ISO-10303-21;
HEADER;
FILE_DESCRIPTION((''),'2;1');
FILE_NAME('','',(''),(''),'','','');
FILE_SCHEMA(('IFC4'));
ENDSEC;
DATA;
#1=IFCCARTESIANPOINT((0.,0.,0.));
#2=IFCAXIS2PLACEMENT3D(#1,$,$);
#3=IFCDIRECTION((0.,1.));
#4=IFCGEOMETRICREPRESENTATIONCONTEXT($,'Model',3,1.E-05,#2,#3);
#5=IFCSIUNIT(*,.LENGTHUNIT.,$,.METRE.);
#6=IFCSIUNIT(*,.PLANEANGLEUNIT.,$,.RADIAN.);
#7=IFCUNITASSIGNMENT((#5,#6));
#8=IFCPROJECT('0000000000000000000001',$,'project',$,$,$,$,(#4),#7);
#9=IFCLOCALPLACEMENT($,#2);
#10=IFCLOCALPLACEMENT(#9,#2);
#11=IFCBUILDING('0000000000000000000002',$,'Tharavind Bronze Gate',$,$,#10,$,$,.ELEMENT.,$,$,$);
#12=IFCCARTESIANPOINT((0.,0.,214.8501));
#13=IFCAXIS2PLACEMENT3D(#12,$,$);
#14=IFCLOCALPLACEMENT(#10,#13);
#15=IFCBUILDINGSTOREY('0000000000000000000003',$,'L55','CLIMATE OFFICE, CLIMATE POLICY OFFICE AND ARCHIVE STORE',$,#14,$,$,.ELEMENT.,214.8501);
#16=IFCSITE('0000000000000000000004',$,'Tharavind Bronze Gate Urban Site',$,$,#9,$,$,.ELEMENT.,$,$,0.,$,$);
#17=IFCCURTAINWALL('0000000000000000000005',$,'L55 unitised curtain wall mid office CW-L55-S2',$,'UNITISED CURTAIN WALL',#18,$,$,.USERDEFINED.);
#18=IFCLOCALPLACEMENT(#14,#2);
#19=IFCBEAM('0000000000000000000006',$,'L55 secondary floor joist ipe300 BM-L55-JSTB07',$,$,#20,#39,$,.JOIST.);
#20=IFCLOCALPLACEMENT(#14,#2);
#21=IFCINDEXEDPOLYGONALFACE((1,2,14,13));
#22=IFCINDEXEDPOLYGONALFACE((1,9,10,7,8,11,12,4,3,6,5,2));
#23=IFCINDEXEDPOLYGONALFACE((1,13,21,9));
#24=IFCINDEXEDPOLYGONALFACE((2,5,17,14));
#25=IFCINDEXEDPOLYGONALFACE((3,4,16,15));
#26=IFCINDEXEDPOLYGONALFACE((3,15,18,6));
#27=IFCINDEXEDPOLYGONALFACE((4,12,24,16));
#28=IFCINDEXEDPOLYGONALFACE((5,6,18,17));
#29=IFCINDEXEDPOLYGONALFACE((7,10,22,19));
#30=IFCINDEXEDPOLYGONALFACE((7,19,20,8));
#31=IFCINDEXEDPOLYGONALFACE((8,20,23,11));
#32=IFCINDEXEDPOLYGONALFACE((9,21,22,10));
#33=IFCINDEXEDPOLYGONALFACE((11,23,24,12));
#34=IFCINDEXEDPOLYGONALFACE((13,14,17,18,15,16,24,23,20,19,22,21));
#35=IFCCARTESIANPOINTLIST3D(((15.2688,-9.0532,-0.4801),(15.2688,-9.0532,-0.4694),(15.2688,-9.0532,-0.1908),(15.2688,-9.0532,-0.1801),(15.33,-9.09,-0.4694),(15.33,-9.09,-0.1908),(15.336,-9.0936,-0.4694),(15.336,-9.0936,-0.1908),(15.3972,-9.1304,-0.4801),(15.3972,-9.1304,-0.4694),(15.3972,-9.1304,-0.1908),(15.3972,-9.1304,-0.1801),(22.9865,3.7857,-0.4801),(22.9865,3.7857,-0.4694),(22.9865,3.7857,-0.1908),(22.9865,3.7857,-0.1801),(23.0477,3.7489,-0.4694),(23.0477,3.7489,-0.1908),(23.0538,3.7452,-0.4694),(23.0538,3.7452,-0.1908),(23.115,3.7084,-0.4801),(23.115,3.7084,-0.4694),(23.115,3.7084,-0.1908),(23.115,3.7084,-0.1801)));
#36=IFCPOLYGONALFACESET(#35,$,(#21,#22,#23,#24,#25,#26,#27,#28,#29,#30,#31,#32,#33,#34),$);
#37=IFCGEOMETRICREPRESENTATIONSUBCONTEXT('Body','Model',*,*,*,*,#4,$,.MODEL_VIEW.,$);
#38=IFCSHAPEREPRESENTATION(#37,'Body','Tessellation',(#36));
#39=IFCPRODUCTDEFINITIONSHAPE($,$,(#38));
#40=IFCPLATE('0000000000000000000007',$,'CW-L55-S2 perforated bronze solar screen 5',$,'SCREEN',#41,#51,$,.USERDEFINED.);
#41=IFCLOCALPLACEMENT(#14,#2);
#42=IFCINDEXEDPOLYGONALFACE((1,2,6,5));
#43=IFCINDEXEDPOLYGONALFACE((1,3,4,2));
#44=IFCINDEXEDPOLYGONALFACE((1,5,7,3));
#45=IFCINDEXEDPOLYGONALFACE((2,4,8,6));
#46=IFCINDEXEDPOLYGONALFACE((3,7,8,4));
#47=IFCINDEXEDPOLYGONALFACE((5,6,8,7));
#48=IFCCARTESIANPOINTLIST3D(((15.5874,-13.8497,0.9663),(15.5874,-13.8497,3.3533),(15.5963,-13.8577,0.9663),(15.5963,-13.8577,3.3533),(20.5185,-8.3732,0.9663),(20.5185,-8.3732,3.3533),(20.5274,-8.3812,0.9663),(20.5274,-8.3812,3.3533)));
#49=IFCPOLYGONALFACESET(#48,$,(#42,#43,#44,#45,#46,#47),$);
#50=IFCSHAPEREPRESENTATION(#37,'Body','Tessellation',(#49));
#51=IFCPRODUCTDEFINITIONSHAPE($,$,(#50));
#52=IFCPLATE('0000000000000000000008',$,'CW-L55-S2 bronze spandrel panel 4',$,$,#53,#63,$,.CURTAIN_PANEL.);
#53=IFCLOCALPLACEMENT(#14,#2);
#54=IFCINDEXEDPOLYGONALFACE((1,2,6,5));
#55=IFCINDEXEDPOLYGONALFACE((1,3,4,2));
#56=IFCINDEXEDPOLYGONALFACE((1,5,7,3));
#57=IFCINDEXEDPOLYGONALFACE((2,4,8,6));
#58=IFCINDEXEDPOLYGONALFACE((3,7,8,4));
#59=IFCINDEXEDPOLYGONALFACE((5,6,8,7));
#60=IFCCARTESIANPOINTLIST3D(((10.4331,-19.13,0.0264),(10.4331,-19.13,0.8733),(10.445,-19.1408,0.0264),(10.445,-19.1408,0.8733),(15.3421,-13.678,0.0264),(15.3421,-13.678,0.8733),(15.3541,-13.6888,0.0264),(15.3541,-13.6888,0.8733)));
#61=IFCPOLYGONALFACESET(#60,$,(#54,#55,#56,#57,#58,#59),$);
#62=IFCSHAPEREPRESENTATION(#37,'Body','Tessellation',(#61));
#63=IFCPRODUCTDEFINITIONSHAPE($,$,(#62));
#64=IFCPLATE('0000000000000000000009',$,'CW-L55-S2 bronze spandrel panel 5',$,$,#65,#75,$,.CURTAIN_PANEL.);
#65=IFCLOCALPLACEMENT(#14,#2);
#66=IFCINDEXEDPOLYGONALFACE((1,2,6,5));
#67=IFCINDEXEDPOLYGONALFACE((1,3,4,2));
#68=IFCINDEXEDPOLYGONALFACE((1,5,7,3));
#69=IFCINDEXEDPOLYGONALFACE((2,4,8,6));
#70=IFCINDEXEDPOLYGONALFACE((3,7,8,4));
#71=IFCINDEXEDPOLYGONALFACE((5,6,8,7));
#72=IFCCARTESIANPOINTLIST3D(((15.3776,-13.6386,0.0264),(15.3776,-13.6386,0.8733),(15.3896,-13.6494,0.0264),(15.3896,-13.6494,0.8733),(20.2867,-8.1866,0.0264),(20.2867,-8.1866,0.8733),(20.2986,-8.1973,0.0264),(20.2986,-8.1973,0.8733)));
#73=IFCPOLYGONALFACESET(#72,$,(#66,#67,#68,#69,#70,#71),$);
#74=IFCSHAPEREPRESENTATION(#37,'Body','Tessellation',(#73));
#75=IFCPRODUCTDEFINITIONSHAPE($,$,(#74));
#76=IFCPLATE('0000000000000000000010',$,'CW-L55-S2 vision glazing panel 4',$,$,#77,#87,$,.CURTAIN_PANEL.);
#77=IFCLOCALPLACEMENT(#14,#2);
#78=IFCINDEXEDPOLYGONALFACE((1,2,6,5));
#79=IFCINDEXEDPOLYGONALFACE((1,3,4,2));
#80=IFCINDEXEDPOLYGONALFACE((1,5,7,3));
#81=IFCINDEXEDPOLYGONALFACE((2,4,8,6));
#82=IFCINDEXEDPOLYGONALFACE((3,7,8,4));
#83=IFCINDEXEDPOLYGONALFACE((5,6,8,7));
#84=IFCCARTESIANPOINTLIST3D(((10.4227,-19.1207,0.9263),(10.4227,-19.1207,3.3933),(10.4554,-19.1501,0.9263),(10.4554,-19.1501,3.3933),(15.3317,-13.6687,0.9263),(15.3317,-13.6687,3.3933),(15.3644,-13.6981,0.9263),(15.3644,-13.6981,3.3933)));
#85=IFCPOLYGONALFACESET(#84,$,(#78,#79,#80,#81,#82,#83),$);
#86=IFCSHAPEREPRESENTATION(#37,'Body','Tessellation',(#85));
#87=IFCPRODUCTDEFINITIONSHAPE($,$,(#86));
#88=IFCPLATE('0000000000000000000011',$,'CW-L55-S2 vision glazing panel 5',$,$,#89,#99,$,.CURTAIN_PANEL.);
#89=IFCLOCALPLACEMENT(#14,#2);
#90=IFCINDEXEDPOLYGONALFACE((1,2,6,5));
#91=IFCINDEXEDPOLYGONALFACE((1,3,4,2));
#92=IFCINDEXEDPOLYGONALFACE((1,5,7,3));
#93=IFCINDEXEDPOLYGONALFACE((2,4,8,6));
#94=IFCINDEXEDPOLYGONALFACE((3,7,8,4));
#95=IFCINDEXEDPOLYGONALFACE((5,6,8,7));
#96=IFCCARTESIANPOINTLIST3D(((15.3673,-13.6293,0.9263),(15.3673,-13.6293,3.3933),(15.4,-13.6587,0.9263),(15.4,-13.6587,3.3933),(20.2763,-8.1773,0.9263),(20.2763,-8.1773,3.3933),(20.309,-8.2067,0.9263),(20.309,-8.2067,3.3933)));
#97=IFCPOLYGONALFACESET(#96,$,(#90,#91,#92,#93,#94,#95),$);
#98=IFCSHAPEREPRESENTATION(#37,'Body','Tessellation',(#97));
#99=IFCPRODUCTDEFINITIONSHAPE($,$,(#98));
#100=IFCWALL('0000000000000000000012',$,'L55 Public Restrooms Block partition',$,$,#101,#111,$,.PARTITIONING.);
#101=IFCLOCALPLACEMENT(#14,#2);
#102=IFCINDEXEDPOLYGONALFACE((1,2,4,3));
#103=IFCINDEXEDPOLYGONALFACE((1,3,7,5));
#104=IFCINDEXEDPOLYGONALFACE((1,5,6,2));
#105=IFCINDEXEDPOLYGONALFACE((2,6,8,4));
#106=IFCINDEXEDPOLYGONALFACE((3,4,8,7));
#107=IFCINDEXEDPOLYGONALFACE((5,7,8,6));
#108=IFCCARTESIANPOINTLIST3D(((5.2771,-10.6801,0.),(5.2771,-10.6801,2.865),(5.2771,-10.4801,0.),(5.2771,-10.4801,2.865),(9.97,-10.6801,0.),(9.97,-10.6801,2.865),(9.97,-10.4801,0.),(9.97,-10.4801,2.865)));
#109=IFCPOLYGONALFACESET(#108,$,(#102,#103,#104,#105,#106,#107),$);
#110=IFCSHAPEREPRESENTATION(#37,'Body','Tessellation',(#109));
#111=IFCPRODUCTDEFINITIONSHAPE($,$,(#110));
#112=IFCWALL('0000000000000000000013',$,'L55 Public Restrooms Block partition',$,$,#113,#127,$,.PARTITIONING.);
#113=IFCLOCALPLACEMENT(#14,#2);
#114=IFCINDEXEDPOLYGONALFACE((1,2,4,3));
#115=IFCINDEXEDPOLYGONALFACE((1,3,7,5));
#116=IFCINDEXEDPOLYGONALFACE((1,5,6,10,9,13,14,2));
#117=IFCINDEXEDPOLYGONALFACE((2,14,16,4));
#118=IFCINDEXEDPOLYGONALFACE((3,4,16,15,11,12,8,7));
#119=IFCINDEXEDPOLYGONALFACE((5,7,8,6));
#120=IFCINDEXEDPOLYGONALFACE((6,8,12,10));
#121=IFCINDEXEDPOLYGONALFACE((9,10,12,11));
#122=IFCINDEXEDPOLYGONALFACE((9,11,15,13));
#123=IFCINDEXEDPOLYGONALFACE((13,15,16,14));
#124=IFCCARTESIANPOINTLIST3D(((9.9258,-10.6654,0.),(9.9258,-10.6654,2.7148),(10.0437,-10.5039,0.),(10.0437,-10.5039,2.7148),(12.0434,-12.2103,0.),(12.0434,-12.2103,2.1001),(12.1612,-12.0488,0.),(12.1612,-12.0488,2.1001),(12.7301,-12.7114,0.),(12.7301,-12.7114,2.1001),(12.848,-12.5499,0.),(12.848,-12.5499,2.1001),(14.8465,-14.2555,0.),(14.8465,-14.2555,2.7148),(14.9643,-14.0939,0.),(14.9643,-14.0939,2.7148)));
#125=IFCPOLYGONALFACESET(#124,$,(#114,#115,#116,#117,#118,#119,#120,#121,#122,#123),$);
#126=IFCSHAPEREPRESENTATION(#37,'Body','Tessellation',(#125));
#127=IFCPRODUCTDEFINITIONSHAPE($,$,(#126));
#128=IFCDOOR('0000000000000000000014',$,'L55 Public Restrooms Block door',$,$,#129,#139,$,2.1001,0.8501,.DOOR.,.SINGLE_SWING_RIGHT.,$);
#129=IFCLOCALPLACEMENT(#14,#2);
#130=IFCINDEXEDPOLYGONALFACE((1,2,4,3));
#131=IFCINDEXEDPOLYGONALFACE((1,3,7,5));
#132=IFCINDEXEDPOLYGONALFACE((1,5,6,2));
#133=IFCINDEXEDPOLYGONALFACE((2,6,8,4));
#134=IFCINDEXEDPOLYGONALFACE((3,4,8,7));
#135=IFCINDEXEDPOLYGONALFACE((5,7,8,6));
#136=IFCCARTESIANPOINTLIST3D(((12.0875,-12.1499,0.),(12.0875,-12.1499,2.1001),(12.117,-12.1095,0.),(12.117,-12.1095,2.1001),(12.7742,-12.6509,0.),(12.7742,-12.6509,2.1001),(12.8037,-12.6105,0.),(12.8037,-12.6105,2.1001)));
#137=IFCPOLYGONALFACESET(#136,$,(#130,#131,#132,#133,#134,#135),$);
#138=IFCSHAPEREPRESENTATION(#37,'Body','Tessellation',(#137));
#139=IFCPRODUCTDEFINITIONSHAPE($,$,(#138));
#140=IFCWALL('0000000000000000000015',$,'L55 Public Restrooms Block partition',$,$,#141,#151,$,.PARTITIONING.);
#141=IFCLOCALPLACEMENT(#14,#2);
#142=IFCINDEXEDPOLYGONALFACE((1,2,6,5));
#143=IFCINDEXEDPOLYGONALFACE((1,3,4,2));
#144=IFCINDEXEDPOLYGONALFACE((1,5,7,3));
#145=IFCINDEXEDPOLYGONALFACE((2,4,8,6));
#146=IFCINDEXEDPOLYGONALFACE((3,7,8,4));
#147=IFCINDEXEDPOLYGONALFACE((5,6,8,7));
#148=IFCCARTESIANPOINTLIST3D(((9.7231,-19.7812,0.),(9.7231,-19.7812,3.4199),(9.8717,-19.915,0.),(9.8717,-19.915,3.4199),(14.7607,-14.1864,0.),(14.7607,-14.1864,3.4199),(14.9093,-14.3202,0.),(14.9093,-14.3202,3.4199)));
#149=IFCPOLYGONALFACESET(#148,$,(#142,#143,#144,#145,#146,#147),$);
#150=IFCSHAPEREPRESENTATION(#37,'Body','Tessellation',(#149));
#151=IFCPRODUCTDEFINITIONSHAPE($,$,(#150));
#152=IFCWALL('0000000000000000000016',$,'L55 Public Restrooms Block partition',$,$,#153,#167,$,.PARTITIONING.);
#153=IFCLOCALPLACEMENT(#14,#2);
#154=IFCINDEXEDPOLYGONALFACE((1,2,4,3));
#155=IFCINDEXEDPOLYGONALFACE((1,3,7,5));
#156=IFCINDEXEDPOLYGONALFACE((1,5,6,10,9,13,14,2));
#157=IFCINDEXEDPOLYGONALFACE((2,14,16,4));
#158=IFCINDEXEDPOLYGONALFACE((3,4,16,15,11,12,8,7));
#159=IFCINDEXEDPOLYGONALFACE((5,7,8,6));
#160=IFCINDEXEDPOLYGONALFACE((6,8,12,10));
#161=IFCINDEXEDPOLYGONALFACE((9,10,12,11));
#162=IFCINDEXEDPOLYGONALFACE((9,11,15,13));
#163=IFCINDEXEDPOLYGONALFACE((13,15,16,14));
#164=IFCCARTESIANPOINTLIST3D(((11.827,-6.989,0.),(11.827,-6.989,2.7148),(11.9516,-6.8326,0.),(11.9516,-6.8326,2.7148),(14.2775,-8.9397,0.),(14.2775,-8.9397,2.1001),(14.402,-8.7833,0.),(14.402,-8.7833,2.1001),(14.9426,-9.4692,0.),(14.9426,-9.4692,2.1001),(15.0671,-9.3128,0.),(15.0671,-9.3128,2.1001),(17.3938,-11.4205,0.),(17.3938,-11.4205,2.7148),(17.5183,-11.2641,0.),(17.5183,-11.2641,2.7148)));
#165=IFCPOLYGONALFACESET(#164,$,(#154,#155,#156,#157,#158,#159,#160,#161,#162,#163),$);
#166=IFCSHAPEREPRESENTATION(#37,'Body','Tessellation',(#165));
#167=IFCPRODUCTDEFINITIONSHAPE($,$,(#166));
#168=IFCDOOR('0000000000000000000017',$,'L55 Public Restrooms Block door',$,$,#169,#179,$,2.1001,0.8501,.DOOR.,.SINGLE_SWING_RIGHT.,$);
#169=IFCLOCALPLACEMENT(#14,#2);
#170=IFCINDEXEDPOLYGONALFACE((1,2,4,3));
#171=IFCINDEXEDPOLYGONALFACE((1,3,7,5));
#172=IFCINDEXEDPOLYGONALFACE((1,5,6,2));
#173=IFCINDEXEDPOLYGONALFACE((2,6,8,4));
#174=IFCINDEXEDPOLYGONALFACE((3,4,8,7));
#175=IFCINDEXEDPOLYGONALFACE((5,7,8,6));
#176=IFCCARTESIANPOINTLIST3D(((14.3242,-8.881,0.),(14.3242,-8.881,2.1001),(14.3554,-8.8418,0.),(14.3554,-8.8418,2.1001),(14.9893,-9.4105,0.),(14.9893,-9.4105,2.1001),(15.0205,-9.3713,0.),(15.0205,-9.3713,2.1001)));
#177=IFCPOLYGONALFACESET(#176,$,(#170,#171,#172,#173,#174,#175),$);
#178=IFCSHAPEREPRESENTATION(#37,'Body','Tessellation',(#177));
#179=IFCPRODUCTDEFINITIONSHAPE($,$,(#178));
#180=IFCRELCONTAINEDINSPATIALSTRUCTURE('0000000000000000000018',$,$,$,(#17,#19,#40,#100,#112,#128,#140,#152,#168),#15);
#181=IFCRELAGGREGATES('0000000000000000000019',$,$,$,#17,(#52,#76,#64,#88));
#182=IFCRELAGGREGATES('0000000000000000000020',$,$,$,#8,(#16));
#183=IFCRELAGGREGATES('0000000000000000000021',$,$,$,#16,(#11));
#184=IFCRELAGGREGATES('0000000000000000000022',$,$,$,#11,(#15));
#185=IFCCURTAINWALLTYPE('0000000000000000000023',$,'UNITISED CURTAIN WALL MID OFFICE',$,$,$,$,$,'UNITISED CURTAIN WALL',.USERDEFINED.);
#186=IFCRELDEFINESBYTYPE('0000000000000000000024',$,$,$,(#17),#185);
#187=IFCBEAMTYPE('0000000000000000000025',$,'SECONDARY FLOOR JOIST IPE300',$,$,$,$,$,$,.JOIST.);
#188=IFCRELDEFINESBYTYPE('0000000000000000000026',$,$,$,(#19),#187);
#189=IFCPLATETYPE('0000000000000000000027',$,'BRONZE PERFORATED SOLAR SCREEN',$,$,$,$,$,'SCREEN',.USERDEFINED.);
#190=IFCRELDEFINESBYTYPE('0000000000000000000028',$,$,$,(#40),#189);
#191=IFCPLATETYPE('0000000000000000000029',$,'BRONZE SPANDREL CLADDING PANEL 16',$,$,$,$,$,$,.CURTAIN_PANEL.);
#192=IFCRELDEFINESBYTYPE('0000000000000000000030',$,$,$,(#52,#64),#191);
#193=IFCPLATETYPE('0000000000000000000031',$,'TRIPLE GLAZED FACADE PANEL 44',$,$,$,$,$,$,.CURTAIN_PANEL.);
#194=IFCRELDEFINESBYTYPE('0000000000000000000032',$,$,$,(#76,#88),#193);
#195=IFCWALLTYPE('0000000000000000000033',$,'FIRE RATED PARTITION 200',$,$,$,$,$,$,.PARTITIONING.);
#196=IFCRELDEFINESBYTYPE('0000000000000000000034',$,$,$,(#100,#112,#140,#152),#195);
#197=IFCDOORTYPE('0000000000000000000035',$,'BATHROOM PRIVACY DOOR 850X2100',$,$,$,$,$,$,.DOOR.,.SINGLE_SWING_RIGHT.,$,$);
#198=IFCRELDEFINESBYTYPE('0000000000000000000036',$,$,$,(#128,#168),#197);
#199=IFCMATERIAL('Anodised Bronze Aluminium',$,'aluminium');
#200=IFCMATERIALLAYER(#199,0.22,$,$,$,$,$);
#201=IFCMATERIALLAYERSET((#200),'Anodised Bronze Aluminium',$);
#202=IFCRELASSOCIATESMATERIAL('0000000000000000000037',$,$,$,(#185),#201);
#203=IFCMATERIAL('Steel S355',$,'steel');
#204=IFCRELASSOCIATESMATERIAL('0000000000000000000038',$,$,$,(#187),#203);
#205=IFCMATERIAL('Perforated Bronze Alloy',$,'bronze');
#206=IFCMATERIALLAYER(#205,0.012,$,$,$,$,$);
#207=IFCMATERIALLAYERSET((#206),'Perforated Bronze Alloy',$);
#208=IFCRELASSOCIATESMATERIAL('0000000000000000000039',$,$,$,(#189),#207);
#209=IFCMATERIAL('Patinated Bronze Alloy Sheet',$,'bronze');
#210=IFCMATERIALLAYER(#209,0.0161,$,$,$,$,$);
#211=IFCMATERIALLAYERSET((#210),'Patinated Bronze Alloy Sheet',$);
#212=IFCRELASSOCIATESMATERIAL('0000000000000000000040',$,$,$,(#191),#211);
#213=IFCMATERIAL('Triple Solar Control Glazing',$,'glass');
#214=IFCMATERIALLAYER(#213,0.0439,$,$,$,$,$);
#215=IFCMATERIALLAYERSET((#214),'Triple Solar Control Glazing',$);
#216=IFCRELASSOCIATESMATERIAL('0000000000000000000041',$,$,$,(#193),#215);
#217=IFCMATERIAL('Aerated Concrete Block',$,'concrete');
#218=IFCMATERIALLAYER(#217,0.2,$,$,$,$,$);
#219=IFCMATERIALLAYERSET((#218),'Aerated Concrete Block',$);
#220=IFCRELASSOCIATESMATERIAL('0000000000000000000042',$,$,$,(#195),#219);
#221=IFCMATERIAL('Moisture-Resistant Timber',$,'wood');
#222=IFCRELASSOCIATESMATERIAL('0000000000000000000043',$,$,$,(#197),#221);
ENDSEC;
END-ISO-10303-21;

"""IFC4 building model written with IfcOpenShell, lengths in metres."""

from ifc_helpers import new_model, si_unit, direction, frame, frame_2d, origin, origin_2d, place, context, subcontext, project, spatial, rectangle, i_section, extrude, material, layer, layer_set, material_profile, profile_set, type_object, element, fill, aggregate, save


model = new_model("IFC4")

# Units and contexts
model_context = context("Model", 3, precision=1e-05, world=origin(), true_north=direction((0.0, 1.0)))
body_context = subcontext(model_context, "Body", "Model", "MODEL_VIEW")
ifc_project = project(units=[si_unit("LENGTHUNIT", "METRE"), si_unit("PLANEANGLEUNIT", "RADIAN")], contexts=[model_context])

# Site, building, storey
site_placement = place(None, origin())
site = spatial("IfcSite", under=ifc_project, at=site_placement, Name="Tharavind Bronze Gate Urban Site", CompositionType="ELEMENT", RefElevation=0.0)
building_placement = place(site_placement, origin())
building = spatial("IfcBuilding", under=site, at=building_placement, Name="Tharavind Bronze Gate", CompositionType="ELEMENT")
storey_placement = place(building_placement, frame((0.0, 0.0, 214.8501)))
storey = spatial("IfcBuildingStorey", under=building, at=storey_placement, Name="L55", Description="CLIMATE OFFICE, CLIMATE POLICY OFFICE AND ARCHIVE STORE", CompositionType="ELEMENT", Elevation=214.8501)

# Curtain wall
ifc_material_1 = material(Name="Anodised Bronze Aluminium", Category="aluminium")
ifc_layer_1 = layer(ifc_material_1, 0.22)
ifc_layer_set_1 = layer_set([ifc_layer_1], Name="Anodised Bronze Aluminium")
curtain_wall_type = type_object("IfcCurtainWallType", Name="UNITISED CURTAIN WALL MID OFFICE", ElementType="UNITISED CURTAIN WALL", PredefinedType="USERDEFINED", material=ifc_layer_set_1)
curtain_wall_placement = place(storey_placement, origin())
curtain_wall = element("IfcCurtainWall", 1, at=curtain_wall_placement, inside=storey, type_object=curtain_wall_type, Name="L55 unitised curtain wall mid office CW-L55-S2", ObjectType="UNITISED CURTAIN WALL", PredefinedType="USERDEFINED")

# Beam
ifc_material_2 = material(Name="Steel S355", Category="steel")
ifc_material_profile_1 = material_profile(ifc_material_2, i_section(OverallWidth=0.1499, OverallDepth=0.3, WebThickness=0.0071, FlangeThickness=0.0107, at=origin_2d()), Name="IPE300")
ifc_profile_set_1 = profile_set([ifc_material_profile_1], Name="Steel S355")
beam_type_1 = type_object("IfcBeamType", Name="SECONDARY FLOOR JOIST IPE300", PredefinedType="JOIST", material=ifc_profile_set_1)
beam_1_placement = place(storey_placement, frame((15.333, -9.0918, -0.3301), z_axis=(0.515205, 0.857067, 0.0), x_axis=(-0.857067, 0.515205, 0.0)))
element("IfcBeam", 2, at=beam_1_placement, inside=storey, type_object=beam_type_1, Name="L55 secondary floor joist ipe300 BM-L55-JSTB07", PredefinedType="JOIST", context=body_context, shape_type="SweptSolid", body=[
    extrude(i_section(OverallWidth=0.1499, OverallDepth=0.3, WebThickness=0.0071, FlangeThickness=0.0107, at=origin_2d()), origin(), (0.0, 0.0, 1.0), 14.98),
])

# Plates
ifc_material_3 = material(Name="Perforated Bronze Alloy", Category="bronze")
ifc_layer_2 = layer(ifc_material_3, 0.012)
ifc_layer_set_2 = layer_set([ifc_layer_2], Name="Perforated Bronze Alloy")
plate_type_1 = type_object("IfcPlateType", Name="BRONZE PERFORATED SOLAR SCREEN", ElementType="SCREEN", PredefinedType="USERDEFINED", material=ifc_layer_set_2)
plate_1_placement = place(storey_placement, frame((18.0574, -11.1155, 0.9663), z_axis=(0.0, 0.0, 1.0), x_axis=(0.669131, 0.743145, 0.0)))
element("IfcPlate", 3, at=plate_1_placement, inside=storey, type_object=plate_type_1, Name="CW-L55-S2 perforated bronze solar screen 5", ObjectType="SCREEN", PredefinedType="USERDEFINED", context=body_context, shape_type="SweptSolid", body=[
    extrude(rectangle(XDim=7.3694, YDim=0.012, at=origin_2d()), origin(), (0.0, 0.0, 1.0), 2.387),
])
ifc_material_4 = material(Name="Patinated Bronze Alloy Sheet", Category="bronze")
ifc_layer_3 = layer(ifc_material_4, 0.0161)
ifc_layer_set_3 = layer_set([ifc_layer_3], Name="Patinated Bronze Alloy Sheet")
plate_type_2 = type_object("IfcPlateType", Name="BRONZE SPANDREL CLADDING PANEL 16", PredefinedType="CURTAIN_PANEL", material=ifc_layer_set_3)
plate_2_placement = place(storey_placement, frame((12.8936, -16.4094, 0.0264), z_axis=(0.0, 0.0, 1.0), x_axis=(0.669131, 0.743145, 0.0)))
plate_2 = element("IfcPlate", 4, at=plate_2_placement, type_object=plate_type_2, Name="CW-L55-S2 bronze spandrel panel 4", PredefinedType="CURTAIN_PANEL", context=body_context, shape_type="SweptSolid", body=[
    extrude(rectangle(XDim=7.3364, YDim=0.0161, at=origin_2d()), origin(), (0.0, 0.0, 1.0), 0.8469),
])
plate_3_placement = place(storey_placement, frame((17.8381, -10.918, 0.0264), z_axis=(0.0, 0.0, 1.0), x_axis=(0.669131, 0.743145, 0.0)))
plate_3 = element("IfcPlate", 5, at=plate_3_placement, type_object=plate_type_2, Name="CW-L55-S2 bronze spandrel panel 5", PredefinedType="CURTAIN_PANEL", context=body_context, shape_type="SweptSolid", body=[
    extrude(rectangle(XDim=7.3364, YDim=0.0161, at=origin_2d()), origin(), (0.0, 0.0, 1.0), 0.8469),
])
ifc_material_5 = material(Name="Triple Solar Control Glazing", Category="glass")
ifc_layer_4 = layer(ifc_material_5, 0.0439)
ifc_layer_set_4 = layer_set([ifc_layer_4], Name="Triple Solar Control Glazing")
plate_type_3 = type_object("IfcPlateType", Name="TRIPLE GLAZED FACADE PANEL 44", PredefinedType="CURTAIN_PANEL", material=ifc_layer_set_4)
plate_4_placement = place(storey_placement, frame((12.8936, -16.4094, 0.9263), z_axis=(0.0, 0.0, 1.0), x_axis=(0.669131, 0.743145, 0.0)))
plate_4 = element("IfcPlate", 6, at=plate_4_placement, type_object=plate_type_3, Name="CW-L55-S2 vision glazing panel 4", PredefinedType="CURTAIN_PANEL", context=body_context, shape_type="SweptSolid", body=[
    extrude(rectangle(XDim=7.3364, YDim=0.0439, at=origin_2d()), origin(), (0.0, 0.0, 1.0), 2.467),
])
plate_5_placement = place(storey_placement, frame((17.8381, -10.918, 0.9263), z_axis=(0.0, 0.0, 1.0), x_axis=(0.669131, 0.743145, 0.0)))
plate_5 = element("IfcPlate", 7, at=plate_5_placement, type_object=plate_type_3, Name="CW-L55-S2 vision glazing panel 5", PredefinedType="CURTAIN_PANEL", context=body_context, shape_type="SweptSolid", body=[
    extrude(rectangle(XDim=7.3364, YDim=0.0439, at=origin_2d()), origin(), (0.0, 0.0, 1.0), 2.467),
])
aggregate(curtain_wall, [plate_2, plate_4, plate_3, plate_5])

# Wall
ifc_material_6 = material(Name="Aerated Concrete Block", Category="concrete")
ifc_layer_5 = layer(ifc_material_6, 0.2)
ifc_layer_set_5 = layer_set([ifc_layer_5], Name="Aerated Concrete Block")
wall_type = type_object("IfcWallType", Name="FIRE RATED PARTITION 200", PredefinedType="PARTITIONING", material=ifc_layer_set_5)
wall_1_placement = place(storey_placement, frame((5.2771, -10.5801, 0.0), z_axis=(0.0, 0.0, 1.0), x_axis=(1.0, 0.0, 0.0)))
element("IfcWall", 8, at=wall_1_placement, inside=storey, type_object=wall_type, Name="L55 Public Restrooms Block partition", PredefinedType="PARTITIONING", context=body_context, shape_type="SweptSolid", body=[
    extrude(rectangle(XDim=4.6929, YDim=0.2, at=frame_2d((2.3464, 0.0))), origin(), (0.0, 0.0, 1.0), 2.865),
])

# Wall, opening, door
wall_2_placement = place(storey_placement, frame((9.9849, -10.5847, 0.0), z_axis=(0.0, 0.0, 1.0), x_axis=(0.807843, -0.589398, 0.0)))
wall_2 = element("IfcWall", 9, at=wall_2_placement, inside=storey, type_object=wall_type, Name="L55 Public Restrooms Block partition", PredefinedType="PARTITIONING", context=body_context, shape_type="SweptSolid", body=[
    extrude(rectangle(XDim=6.0911, YDim=0.2, at=frame_2d((3.0454, 0.0))), origin(), (0.0, 0.0, 1.0), 2.7148),
])
opening_1_placement = place(wall_2_placement, frame((2.6211, 0.0, 0.0)))
opening_1 = element("IfcOpeningElement", 10, at=opening_1_placement, cuts=wall_2, PredefinedType="OPENING", context=body_context, shape_type="SweptSolid", body=[
    extrude(rectangle(XDim=0.8501, YDim=2.1001, at=frame_2d((0.425, 1.05))), frame((0.0, 0.1101, 0.0), z_axis=(0.0, -1.0, 0.0), x_axis=(1.0, 0.0, 0.0)), (0.0, 0.0, 1.0), 0.22),
])
ifc_material_7 = material(Name="Moisture-Resistant Timber", Category="wood")
door_type = type_object("IfcDoorType", Name="BATHROOM PRIVACY DOOR 850X2100", OperationType="SINGLE_SWING_RIGHT", PredefinedType="DOOR", material=ifc_material_7)
door_1_placement = place(opening_1_placement, origin())
door_1 = element("IfcDoor", 11, at=door_1_placement, inside=storey, type_object=door_type, Name="L55 Public Restrooms Block door", OperationType="SINGLE_SWING_RIGHT", OverallHeight=2.1001, OverallWidth=0.8501, PredefinedType="DOOR", context=body_context, shape_type="SweptSolid", body=[
    extrude(rectangle(XDim=0.8501, YDim=2.1001, at=frame_2d((0.425, 1.05))), frame((0.0, 0.0249, 0.0), z_axis=(0.0, -1.0, 0.0), x_axis=(1.0, 0.0, 0.0)), (0.0, 0.0, 1.0), 0.05),
])
fill(opening_1, door_1)

# Wall
wall_3_placement = place(storey_placement, frame((14.835, -14.2534, 0.0), z_axis=(0.0, 0.0, 1.0), x_axis=(-0.669137, -0.743139, 0.0)))
element("IfcWall", 12, at=wall_3_placement, inside=storey, type_object=wall_type, Name="L55 Public Restrooms Block partition", PredefinedType="PARTITIONING", context=body_context, shape_type="SweptSolid", body=[
    extrude(rectangle(XDim=7.5286, YDim=0.2, at=frame_2d((3.7642, 0.0))), origin(), (0.0, 0.0, 1.0), 3.4199),
])

# Wall, opening, door
wall_4_placement = place(storey_placement, frame((17.4561, -11.3423, 0.0), z_axis=(0.0, 0.0, 1.0), x_axis=(-0.78237, 0.622814, 0.0)))
wall_4 = element("IfcWall", 13, at=wall_4_placement, inside=storey, type_object=wall_type, Name="L55 Public Restrooms Block partition", PredefinedType="PARTITIONING", context=body_context, shape_type="SweptSolid", body=[
    extrude(rectangle(XDim=7.1152, YDim=0.2, at=frame_2d((3.5576, 0.0))), origin(), (0.0, 0.0, 1.0), 2.7148),
])
opening_2_placement = place(wall_4_placement, frame((3.1331, 0.0, 0.0)))
opening_2 = element("IfcOpeningElement", 14, at=opening_2_placement, cuts=wall_4, PredefinedType="OPENING", context=body_context, shape_type="SweptSolid", body=[
    extrude(rectangle(XDim=0.8501, YDim=2.1001, at=frame_2d((0.425, 1.05))), frame((0.0, 0.1101, 0.0), z_axis=(0.0, -1.0, 0.0), x_axis=(1.0, 0.0, 0.0)), (0.0, 0.0, 1.0), 0.22),
])
door_2_placement = place(opening_2_placement, origin())
door_2 = element("IfcDoor", 15, at=door_2_placement, inside=storey, type_object=door_type, Name="L55 Public Restrooms Block door", OperationType="SINGLE_SWING_RIGHT", OverallHeight=2.1001, OverallWidth=0.8501, PredefinedType="DOOR", context=body_context, shape_type="SweptSolid", body=[
    extrude(rectangle(XDim=0.8501, YDim=2.1001, at=frame_2d((0.425, 1.05))), frame((0.0, 0.0249, 0.0), z_axis=(0.0, -1.0, 0.0), x_axis=(1.0, 0.0, 0.0)), (0.0, 0.0, 1.0), 0.05),
])
fill(opening_2, door_2)

save(model, "model.ifc")
